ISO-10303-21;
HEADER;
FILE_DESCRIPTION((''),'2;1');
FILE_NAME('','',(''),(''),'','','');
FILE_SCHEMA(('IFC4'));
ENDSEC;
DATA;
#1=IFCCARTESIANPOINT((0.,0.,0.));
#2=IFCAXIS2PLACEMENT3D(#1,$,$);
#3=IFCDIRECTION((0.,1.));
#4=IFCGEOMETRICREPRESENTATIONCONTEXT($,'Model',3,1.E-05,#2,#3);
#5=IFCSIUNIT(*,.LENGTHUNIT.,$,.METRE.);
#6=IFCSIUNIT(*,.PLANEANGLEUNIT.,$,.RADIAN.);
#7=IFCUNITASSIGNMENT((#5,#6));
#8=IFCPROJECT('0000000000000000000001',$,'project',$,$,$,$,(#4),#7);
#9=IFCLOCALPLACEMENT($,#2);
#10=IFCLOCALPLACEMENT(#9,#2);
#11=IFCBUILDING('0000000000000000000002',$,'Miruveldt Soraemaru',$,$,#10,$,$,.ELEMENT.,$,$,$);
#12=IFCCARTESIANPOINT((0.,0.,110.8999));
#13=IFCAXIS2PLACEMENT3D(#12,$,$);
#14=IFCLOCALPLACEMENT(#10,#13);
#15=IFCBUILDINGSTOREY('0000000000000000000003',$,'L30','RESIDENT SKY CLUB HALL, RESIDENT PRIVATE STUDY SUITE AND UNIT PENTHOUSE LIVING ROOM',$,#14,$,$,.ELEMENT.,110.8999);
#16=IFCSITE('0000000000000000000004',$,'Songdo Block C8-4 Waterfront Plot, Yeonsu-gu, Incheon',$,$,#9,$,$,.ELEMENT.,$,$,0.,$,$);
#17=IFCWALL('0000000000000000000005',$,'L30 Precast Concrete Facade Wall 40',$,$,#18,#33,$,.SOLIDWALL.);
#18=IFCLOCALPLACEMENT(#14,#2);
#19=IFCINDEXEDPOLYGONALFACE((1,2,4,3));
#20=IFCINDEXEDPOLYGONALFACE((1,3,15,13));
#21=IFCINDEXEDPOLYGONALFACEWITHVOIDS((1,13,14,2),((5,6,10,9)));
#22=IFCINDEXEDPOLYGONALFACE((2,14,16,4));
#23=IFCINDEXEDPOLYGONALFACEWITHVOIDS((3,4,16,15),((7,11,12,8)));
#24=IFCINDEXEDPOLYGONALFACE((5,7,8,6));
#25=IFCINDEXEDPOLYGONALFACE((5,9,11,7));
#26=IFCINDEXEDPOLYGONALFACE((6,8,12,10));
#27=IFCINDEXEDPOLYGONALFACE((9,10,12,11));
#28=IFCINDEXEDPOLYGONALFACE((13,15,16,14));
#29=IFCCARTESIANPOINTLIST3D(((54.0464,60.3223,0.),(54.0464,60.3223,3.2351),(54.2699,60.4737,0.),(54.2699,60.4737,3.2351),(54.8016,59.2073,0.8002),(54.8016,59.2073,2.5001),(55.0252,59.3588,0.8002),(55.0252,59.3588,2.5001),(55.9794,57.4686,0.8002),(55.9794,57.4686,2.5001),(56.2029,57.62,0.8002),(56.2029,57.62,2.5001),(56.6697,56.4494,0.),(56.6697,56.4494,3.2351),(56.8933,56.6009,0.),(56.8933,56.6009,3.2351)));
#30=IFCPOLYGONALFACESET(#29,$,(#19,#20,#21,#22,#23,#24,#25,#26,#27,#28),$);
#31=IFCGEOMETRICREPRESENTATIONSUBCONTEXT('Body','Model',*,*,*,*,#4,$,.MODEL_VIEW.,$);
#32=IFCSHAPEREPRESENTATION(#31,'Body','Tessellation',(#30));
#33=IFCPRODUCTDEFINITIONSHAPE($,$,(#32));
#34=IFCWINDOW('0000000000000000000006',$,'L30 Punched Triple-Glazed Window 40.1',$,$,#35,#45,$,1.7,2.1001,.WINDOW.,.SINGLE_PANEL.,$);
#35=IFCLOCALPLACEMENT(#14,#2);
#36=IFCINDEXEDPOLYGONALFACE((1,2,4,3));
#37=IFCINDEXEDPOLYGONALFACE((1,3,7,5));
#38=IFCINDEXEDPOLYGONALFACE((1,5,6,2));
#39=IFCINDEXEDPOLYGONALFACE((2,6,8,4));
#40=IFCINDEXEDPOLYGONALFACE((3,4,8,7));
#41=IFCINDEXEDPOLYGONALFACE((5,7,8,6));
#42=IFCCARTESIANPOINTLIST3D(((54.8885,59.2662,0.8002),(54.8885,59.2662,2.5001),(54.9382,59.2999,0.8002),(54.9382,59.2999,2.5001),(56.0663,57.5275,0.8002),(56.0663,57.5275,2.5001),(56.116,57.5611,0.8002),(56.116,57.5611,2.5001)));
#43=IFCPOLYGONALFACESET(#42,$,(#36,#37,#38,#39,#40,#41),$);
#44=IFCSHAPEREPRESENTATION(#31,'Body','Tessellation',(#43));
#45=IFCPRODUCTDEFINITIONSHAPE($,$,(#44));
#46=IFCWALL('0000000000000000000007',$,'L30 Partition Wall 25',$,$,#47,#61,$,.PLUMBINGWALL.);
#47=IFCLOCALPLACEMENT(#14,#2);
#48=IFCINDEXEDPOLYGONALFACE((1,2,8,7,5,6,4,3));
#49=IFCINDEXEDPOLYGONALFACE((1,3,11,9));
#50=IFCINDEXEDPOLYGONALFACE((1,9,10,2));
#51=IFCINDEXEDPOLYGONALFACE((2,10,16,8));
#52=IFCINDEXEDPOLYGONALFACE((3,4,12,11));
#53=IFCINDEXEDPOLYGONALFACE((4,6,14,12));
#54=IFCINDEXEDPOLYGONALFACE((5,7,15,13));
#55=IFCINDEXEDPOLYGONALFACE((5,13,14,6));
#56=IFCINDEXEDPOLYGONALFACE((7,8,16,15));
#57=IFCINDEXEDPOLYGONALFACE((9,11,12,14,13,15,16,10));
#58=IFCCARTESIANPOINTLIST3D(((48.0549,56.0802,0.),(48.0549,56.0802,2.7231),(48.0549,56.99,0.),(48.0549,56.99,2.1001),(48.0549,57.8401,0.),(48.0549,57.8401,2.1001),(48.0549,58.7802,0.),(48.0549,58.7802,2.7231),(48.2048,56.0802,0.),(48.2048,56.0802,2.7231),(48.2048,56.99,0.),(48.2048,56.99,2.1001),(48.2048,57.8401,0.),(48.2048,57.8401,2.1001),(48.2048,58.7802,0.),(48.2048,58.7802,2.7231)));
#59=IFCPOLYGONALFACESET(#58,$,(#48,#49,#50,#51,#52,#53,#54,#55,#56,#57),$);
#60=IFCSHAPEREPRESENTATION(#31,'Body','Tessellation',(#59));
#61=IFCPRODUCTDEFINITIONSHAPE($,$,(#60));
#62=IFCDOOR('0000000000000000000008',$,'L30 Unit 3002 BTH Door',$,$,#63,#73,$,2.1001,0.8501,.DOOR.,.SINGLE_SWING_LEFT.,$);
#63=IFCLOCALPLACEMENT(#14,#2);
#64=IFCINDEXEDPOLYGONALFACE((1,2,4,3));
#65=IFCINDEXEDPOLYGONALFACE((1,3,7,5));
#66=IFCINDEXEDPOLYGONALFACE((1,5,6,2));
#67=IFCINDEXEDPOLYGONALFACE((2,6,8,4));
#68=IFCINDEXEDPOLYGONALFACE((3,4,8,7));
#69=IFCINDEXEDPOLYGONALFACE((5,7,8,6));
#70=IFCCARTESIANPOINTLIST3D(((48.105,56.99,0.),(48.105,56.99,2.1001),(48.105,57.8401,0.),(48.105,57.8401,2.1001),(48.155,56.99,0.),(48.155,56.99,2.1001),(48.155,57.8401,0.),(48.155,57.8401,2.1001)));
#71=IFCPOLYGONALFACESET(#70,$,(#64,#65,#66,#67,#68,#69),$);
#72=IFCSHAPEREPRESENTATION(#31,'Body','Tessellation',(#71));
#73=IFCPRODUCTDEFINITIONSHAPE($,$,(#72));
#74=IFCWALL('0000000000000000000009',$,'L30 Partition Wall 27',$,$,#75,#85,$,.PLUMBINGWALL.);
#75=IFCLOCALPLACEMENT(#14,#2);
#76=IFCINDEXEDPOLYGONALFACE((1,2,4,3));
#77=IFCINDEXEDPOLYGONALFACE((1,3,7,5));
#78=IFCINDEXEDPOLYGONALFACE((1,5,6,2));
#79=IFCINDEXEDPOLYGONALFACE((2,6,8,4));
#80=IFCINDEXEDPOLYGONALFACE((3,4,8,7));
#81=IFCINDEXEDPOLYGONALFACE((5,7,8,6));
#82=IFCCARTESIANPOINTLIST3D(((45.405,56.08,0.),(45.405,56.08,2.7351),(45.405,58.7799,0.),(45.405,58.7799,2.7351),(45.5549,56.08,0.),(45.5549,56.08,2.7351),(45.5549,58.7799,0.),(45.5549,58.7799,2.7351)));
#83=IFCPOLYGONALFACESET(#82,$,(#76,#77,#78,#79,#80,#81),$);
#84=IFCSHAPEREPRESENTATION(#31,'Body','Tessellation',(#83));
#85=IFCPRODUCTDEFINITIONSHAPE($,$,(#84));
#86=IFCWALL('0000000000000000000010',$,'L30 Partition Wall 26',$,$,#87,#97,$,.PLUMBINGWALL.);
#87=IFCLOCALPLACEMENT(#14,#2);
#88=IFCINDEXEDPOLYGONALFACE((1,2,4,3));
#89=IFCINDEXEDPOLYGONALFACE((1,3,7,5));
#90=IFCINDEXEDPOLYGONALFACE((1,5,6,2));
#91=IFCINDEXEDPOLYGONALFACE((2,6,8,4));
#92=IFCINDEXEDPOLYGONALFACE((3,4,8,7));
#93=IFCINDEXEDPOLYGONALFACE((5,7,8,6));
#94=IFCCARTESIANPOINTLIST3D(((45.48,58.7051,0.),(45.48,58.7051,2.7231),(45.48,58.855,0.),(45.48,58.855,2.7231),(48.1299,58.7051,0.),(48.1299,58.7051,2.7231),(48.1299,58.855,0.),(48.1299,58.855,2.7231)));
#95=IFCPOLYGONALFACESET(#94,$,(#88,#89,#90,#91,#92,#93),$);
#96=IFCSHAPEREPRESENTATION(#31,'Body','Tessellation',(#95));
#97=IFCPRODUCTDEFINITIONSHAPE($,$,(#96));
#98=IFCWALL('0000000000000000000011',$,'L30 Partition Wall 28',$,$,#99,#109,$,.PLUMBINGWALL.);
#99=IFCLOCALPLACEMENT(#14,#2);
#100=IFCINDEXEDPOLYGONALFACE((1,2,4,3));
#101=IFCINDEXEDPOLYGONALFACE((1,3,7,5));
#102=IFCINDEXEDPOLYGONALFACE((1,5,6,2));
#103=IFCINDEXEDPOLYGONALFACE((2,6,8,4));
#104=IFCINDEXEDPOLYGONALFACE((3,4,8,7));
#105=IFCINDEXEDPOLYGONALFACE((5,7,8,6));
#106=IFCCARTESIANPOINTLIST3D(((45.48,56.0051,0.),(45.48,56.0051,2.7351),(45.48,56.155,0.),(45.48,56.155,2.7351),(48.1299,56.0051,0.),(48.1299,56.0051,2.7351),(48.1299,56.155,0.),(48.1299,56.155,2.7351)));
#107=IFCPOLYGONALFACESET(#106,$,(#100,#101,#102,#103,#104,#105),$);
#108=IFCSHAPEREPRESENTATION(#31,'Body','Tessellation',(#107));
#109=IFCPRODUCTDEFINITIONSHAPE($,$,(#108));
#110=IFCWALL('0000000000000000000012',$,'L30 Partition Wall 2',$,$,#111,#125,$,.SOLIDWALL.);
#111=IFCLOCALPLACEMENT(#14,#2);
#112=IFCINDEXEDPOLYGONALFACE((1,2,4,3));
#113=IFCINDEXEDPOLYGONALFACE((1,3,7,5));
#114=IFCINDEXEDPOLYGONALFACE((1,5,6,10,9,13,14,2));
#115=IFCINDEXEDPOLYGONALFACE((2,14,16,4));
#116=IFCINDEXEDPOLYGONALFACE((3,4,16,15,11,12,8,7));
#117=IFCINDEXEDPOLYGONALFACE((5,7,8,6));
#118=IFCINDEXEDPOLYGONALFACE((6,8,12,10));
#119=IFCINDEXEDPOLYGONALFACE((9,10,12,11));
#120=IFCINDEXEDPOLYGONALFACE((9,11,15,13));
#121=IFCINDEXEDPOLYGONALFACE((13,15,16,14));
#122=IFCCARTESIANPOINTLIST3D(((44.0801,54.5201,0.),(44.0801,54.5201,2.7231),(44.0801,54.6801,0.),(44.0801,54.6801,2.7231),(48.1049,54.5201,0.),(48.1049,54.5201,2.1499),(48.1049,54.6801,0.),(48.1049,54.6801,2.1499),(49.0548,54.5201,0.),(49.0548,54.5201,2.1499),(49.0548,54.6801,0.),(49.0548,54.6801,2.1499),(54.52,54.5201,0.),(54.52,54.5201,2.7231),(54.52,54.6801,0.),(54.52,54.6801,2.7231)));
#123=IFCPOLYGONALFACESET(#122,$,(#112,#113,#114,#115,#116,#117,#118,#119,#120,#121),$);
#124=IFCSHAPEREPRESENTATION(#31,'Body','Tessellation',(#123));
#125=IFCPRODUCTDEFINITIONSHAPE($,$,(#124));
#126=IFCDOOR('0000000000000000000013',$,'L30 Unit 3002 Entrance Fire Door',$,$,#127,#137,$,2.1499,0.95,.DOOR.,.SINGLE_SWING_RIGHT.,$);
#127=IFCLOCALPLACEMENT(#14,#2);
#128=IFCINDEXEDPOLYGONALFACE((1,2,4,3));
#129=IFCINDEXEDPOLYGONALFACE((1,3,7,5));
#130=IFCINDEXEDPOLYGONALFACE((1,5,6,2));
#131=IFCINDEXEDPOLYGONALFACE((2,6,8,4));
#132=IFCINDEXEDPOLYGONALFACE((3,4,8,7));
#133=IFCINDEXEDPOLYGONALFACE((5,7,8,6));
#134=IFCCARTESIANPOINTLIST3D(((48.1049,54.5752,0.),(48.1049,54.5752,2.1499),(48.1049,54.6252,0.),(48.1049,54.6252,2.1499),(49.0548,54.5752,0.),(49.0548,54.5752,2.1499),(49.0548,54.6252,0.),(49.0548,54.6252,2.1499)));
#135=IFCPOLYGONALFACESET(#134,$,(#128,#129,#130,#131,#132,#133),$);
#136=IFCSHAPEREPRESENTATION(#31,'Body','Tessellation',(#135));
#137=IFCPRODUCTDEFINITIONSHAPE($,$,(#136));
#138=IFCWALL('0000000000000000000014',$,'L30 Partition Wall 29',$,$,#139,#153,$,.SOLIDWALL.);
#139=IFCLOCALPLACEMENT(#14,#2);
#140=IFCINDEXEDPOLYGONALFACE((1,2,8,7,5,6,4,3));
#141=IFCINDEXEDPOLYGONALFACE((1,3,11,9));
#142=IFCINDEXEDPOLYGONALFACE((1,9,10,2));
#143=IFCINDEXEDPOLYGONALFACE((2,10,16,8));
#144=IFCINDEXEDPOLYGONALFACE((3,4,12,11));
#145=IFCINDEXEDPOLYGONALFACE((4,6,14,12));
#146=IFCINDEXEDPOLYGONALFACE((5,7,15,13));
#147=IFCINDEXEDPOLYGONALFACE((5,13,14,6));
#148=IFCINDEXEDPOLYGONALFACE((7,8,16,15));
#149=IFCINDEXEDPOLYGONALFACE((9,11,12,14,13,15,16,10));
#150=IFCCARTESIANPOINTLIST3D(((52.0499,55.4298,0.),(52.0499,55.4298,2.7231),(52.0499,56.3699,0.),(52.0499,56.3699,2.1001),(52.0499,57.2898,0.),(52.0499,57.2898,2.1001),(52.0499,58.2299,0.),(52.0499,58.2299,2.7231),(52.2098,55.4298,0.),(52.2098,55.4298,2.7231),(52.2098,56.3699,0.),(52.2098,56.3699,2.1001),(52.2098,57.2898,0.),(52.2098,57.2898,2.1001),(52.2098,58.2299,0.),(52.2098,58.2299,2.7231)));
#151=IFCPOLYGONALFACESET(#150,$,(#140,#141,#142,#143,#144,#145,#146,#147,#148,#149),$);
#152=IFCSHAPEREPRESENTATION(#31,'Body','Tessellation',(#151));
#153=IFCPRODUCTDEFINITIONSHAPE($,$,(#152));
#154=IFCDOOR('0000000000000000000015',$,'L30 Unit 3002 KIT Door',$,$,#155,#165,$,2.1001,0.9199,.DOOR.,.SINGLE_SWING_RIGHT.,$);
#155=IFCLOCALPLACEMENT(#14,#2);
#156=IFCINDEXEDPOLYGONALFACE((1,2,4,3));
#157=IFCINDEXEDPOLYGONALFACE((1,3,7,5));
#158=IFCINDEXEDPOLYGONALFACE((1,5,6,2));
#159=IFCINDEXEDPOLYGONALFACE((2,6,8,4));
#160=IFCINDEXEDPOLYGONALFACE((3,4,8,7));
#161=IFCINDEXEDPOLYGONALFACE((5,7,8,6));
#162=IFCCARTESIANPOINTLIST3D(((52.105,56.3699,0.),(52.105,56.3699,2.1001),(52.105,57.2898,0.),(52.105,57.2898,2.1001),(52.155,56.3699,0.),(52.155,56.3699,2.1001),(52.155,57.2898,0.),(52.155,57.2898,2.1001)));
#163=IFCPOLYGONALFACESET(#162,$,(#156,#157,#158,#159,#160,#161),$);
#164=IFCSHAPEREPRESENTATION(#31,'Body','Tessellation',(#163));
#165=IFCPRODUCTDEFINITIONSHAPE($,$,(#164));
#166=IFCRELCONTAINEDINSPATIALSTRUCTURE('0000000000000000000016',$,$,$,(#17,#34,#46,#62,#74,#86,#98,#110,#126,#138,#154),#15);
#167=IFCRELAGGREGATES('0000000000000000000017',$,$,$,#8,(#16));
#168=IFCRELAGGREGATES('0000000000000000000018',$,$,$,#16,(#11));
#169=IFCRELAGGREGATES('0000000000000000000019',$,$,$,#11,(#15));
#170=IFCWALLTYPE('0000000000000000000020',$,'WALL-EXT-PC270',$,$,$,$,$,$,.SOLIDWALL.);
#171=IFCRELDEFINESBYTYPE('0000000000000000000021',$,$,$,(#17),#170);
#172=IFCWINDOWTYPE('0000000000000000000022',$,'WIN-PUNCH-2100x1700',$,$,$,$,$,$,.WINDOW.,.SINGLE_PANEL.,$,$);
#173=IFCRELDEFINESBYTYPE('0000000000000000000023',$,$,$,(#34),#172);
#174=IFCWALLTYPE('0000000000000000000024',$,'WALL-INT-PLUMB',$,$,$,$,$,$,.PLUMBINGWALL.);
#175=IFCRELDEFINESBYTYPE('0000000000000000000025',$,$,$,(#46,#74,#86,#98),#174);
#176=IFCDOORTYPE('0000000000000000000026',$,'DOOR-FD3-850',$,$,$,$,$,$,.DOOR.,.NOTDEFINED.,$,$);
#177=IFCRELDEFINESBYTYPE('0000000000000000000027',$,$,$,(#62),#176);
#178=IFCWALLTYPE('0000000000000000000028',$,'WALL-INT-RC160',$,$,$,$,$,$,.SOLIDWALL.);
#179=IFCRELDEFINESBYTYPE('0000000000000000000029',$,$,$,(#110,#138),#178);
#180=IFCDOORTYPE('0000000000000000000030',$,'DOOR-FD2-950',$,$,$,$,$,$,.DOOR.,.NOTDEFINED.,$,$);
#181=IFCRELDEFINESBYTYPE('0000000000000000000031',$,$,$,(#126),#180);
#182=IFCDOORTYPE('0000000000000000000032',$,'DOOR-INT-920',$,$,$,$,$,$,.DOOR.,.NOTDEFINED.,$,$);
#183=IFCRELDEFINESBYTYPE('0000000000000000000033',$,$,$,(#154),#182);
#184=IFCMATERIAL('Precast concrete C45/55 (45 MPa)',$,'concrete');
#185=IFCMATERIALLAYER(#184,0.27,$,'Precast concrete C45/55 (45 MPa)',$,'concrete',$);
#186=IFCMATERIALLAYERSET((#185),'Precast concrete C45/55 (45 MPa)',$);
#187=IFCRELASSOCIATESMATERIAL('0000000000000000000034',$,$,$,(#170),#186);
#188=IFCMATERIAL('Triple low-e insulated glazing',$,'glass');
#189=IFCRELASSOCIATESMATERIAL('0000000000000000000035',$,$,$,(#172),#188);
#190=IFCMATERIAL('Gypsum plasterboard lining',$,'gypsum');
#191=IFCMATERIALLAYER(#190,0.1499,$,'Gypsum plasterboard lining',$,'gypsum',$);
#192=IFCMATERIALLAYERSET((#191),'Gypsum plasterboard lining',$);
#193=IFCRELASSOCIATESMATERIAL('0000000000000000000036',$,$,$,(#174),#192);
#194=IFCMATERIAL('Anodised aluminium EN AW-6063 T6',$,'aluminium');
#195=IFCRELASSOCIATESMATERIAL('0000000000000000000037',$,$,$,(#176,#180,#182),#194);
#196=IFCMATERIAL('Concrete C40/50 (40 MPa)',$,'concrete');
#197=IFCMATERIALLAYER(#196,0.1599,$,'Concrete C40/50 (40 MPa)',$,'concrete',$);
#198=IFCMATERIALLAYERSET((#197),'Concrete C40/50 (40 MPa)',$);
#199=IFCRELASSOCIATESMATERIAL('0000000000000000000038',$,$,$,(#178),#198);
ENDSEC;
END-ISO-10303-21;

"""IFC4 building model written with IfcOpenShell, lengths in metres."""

from ifc_helpers import new_model, si_unit, direction, frame, frame_2d, origin, place, context, subcontext, project, spatial, rectangle, extrude, material, layer, layer_set, type_object, element, fill, save


model = new_model("IFC4")

# Units and contexts
model_context = context("Model", 3, precision=1e-05, world=origin(), true_north=direction((0.0, 1.0)))
body_context = subcontext(model_context, "Body", "Model", "MODEL_VIEW")
ifc_project = project(units=[si_unit("LENGTHUNIT", "METRE"), si_unit("PLANEANGLEUNIT", "RADIAN")], contexts=[model_context])

# Site, building, storey
site_placement = place(None, origin())
site = spatial("IfcSite", under=ifc_project, at=site_placement, Name="Songdo Block C8-4 Waterfront Plot, Yeonsu-gu, Incheon", CompositionType="ELEMENT", RefElevation=0.0)
building_placement = place(site_placement, origin())
building = spatial("IfcBuilding", under=site, at=building_placement, Name="Miruveldt Soraemaru", CompositionType="ELEMENT")
storey_placement = place(building_placement, frame((0.0, 0.0, 110.8999)))
storey = spatial("IfcBuildingStorey", under=building, at=storey_placement, Name="L30", Description="RESIDENT SKY CLUB HALL, RESIDENT PRIVATE STUDY SUITE AND UNIT PENTHOUSE LIVING ROOM", CompositionType="ELEMENT", Elevation=110.8999)

# Wall, opening, window
ifc_material_1 = material(Name="Precast concrete C45/55 (45 MPa)", Category="concrete")
ifc_layer_1 = layer(ifc_material_1, 0.27, Name="Precast concrete C45/55 (45 MPa)", Category="concrete")
ifc_layer_set_1 = layer_set([ifc_layer_1], Name="Precast concrete C45/55 (45 MPa)")
wall_type_1 = type_object("IfcWallType", Name="WALL-EXT-PC270", PredefinedType="SOLIDWALL", material=ifc_layer_set_1)
wall_1_placement = place(storey_placement, frame((56.7815, 56.5251, 0.0), z_axis=(0.0, 0.0, 1.0), x_axis=(-0.560816, 0.827941, 0.0)))
wall_1 = element("IfcWall", 1, at=wall_1_placement, inside=storey, type_object=wall_type_1, Name="L30 Precast Concrete Facade Wall 40", PredefinedType="SOLIDWALL", context=body_context, shape_type="SweptSolid", body=[
    extrude(rectangle(XDim=4.6777, YDim=0.27, at=frame_2d((2.3389, 0.0))), origin(), (0.0, 0.0, 1.0), 3.2351),
])
opening_1_placement = place(wall_1_placement, frame((1.231, 0.0, 0.8)))
opening_1 = element("IfcOpeningElement", 2, at=opening_1_placement, cuts=wall_1, PredefinedType="OPENING", context=body_context, shape_type="SweptSolid", body=[
    extrude(rectangle(XDim=2.1001, YDim=1.7, at=frame_2d((1.05, 0.8501))), frame((0.0, 0.145, 0.0), z_axis=(0.0, -1.0, 0.0), x_axis=(1.0, 0.0, 0.0)), (0.0, 0.0, 1.0), 0.29),
])
ifc_material_2 = material(Name="Triple low-e insulated glazing", Category="glass")
window_type = type_object("IfcWindowType", Name="WIN-PUNCH-2100x1700", PartitioningType="SINGLE_PANEL", PredefinedType="WINDOW", material=ifc_material_2)
window_placement = place(opening_1_placement, origin())
window = element("IfcWindow", 3, at=window_placement, inside=storey, type_object=window_type, Name="L30 Punched Triple-Glazed Window 40.1", OverallHeight=1.7, OverallWidth=2.1001, PartitioningType="SINGLE_PANEL", PredefinedType="WINDOW", context=body_context, shape_type="SweptSolid", body=[
    extrude(rectangle(XDim=2.1001, YDim=1.7, at=frame_2d((1.05, 0.8501))), frame((0.0, 0.03, 0.0), z_axis=(0.0, -1.0, 0.0), x_axis=(1.0, 0.0, 0.0)), (0.0, 0.0, 1.0), 0.0601),
])
fill(opening_1, window)

# Wall, opening, door
ifc_material_3 = material(Name="Gypsum plasterboard lining", Category="gypsum")
ifc_layer_2 = layer(ifc_material_3, 0.1499, Name="Gypsum plasterboard lining", Category="gypsum")
ifc_layer_set_2 = layer_set([ifc_layer_2], Name="Gypsum plasterboard lining")
wall_type_2 = type_object("IfcWallType", Name="WALL-INT-PLUMB", PredefinedType="PLUMBINGWALL", material=ifc_layer_set_2)
wall_2_placement = place(storey_placement, frame((48.1299, 56.0801, 0.0), z_axis=(0.0, 0.0, 1.0), x_axis=(0.0, 1.0, 0.0)))
wall_2 = element("IfcWall", 4, at=wall_2_placement, inside=storey, type_object=wall_type_2, Name="L30 Partition Wall 25", PredefinedType="PLUMBINGWALL", context=body_context, shape_type="SweptSolid", body=[
    extrude(rectangle(XDim=2.7, YDim=0.1499, at=frame_2d((1.3501, 0.0))), origin(), (0.0, 0.0, 1.0), 2.7231),
])
opening_2_placement = place(wall_2_placement, frame((0.9099, 0.0, 0.0)))
opening_2 = element("IfcOpeningElement", 5, at=opening_2_placement, cuts=wall_2, PredefinedType="OPENING", context=body_context, shape_type="SweptSolid", body=[
    extrude(rectangle(XDim=0.8501, YDim=2.1001, at=frame_2d((0.425, 1.05))), frame((0.0, 0.085, 0.0), z_axis=(0.0, -1.0, 0.0), x_axis=(1.0, 0.0, 0.0)), (0.0, 0.0, 1.0), 0.1699),
])
ifc_material_4 = material(Name="Anodised aluminium EN AW-6063 T6", Category="aluminium")
door_type_1 = type_object("IfcDoorType", Name="DOOR-FD3-850", OperationType="NOTDEFINED", PredefinedType="DOOR", material=ifc_material_4)
door_1_placement = place(opening_2_placement, origin())
door_1 = element("IfcDoor", 6, at=door_1_placement, inside=storey, type_object=door_type_1, Name="L30 Unit 3002 BTH Door", OperationType="SINGLE_SWING_LEFT", OverallHeight=2.1001, OverallWidth=0.8501, PredefinedType="DOOR", context=body_context, shape_type="SweptSolid", body=[
    extrude(rectangle(XDim=0.8501, YDim=2.1001, at=frame_2d((0.425, 1.05))), frame((0.0, 0.0249, 0.0), z_axis=(0.0, -1.0, 0.0), x_axis=(1.0, 0.0, 0.0)), (0.0, 0.0, 1.0), 0.05),
])
fill(opening_2, door_1)

# Walls
wall_3_placement = place(storey_placement, frame((45.48, 58.78, 0.0), z_axis=(0.0, 0.0, 1.0), x_axis=(0.0, -1.0, 0.0)))
element("IfcWall", 7, at=wall_3_placement, inside=storey, type_object=wall_type_2, Name="L30 Partition Wall 27", PredefinedType="PLUMBINGWALL", context=body_context, shape_type="SweptSolid", body=[
    extrude(rectangle(XDim=2.7, YDim=0.1499, at=frame_2d((1.3501, 0.0))), origin(), (0.0, 0.0, 1.0), 2.7351),
])
wall_4_placement = place(storey_placement, frame((48.1299, 58.78, 0.0), z_axis=(0.0, 0.0, 1.0), x_axis=(-1.0, 0.0, 0.0)))
element("IfcWall", 8, at=wall_4_placement, inside=storey, type_object=wall_type_2, Name="L30 Partition Wall 26", PredefinedType="PLUMBINGWALL", context=body_context, shape_type="SweptSolid", body=[
    extrude(rectangle(XDim=2.6499, YDim=0.1499, at=frame_2d((1.325, 0.0))), origin(), (0.0, 0.0, 1.0), 2.7231),
])
wall_5_placement = place(storey_placement, frame((45.48, 56.0801, 0.0), z_axis=(0.0, 0.0, 1.0), x_axis=(1.0, 0.0, 0.0)))
element("IfcWall", 9, at=wall_5_placement, inside=storey, type_object=wall_type_2, Name="L30 Partition Wall 28", PredefinedType="PLUMBINGWALL", context=body_context, shape_type="SweptSolid", body=[
    extrude(rectangle(XDim=2.6499, YDim=0.1499, at=frame_2d((1.325, 0.0))), origin(), (0.0, 0.0, 1.0), 2.7351),
])

# Walls, openings, doors
ifc_material_5 = material(Name="Concrete C40/50 (40 MPa)", Category="concrete")
ifc_layer_3 = layer(ifc_material_5, 0.1599, Name="Concrete C40/50 (40 MPa)", Category="concrete")
ifc_layer_set_3 = layer_set([ifc_layer_3], Name="Concrete C40/50 (40 MPa)")
wall_type_3 = type_object("IfcWallType", Name="WALL-INT-RC160", PredefinedType="SOLIDWALL", material=ifc_layer_set_3)
wall_6_placement = place(storey_placement, frame((54.52, 54.6001, 0.0), z_axis=(0.0, 0.0, 1.0), x_axis=(-1.0, 0.0, 0.0)))
wall_6 = element("IfcWall", 10, at=wall_6_placement, inside=storey, type_object=wall_type_3, Name="L30 Partition Wall 2", PredefinedType="SOLIDWALL", context=body_context, shape_type="SweptSolid", body=[
    extrude(rectangle(XDim=10.4399, YDim=0.1599, at=frame_2d((5.22, 0.0))), origin(), (0.0, 0.0, 1.0), 2.7231),
])
opening_3_placement = place(wall_6_placement, frame((5.4651, 0.0, 0.0)))
opening_3 = element("IfcOpeningElement", 11, at=opening_3_placement, cuts=wall_6, PredefinedType="OPENING", context=body_context, shape_type="SweptSolid", body=[
    extrude(rectangle(XDim=0.95, YDim=2.1499, at=frame_2d((0.4751, 1.075))), frame((0.0, 0.0898, 0.0), z_axis=(0.0, -1.0, 0.0), x_axis=(1.0, 0.0, 0.0)), (0.0, 0.0, 1.0), 0.1799),
])
door_type_2 = type_object("IfcDoorType", Name="DOOR-FD2-950", OperationType="NOTDEFINED", PredefinedType="DOOR", material=ifc_material_4)
door_2_placement = place(opening_3_placement, origin())
door_2 = element("IfcDoor", 12, at=door_2_placement, inside=storey, type_object=door_type_2, Name="L30 Unit 3002 Entrance Fire Door", OperationType="SINGLE_SWING_RIGHT", OverallHeight=2.1499, OverallWidth=0.95, PredefinedType="DOOR", context=body_context, shape_type="SweptSolid", body=[
    extrude(rectangle(XDim=0.95, YDim=2.1499, at=frame_2d((0.4751, 1.075))), frame((0.0, 0.0249, 0.0), z_axis=(0.0, -1.0, 0.0), x_axis=(1.0, 0.0, 0.0)), (0.0, 0.0, 1.0), 0.05),
])
fill(opening_3, door_2)
wall_7_placement = place(storey_placement, frame((52.1299, 55.4299, 0.0), z_axis=(0.0, 0.0, 1.0), x_axis=(0.0, 1.0, 0.0)))
wall_7 = element("IfcWall", 13, at=wall_7_placement, inside=storey, type_object=wall_type_3, Name="L30 Partition Wall 29", PredefinedType="SOLIDWALL", context=body_context, shape_type="SweptSolid", body=[
    extrude(rectangle(XDim=2.8, YDim=0.1599, at=frame_2d((1.3999, 0.0))), origin(), (0.0, 0.0, 1.0), 2.7231),
])
opening_4_placement = place(wall_7_placement, frame((0.9399, 0.0, 0.0)))
opening_4 = element("IfcOpeningElement", 14, at=opening_4_placement, cuts=wall_7, PredefinedType="OPENING", context=body_context, shape_type="SweptSolid", body=[
    extrude(rectangle(XDim=0.9199, YDim=2.1001, at=frame_2d((0.46, 1.05))), frame((0.0, 0.0898, 0.0), z_axis=(0.0, -1.0, 0.0), x_axis=(1.0, 0.0, 0.0)), (0.0, 0.0, 1.0), 0.1799),
])
door_type_3 = type_object("IfcDoorType", Name="DOOR-INT-920", OperationType="NOTDEFINED", PredefinedType="DOOR", material=ifc_material_4)
door_3_placement = place(opening_4_placement, origin())
door_3 = element("IfcDoor", 15, at=door_3_placement, inside=storey, type_object=door_type_3, Name="L30 Unit 3002 KIT Door", OperationType="SINGLE_SWING_RIGHT", OverallHeight=2.1001, OverallWidth=0.9199, PredefinedType="DOOR", context=body_context, shape_type="SweptSolid", body=[
    extrude(rectangle(XDim=0.9199, YDim=2.1001, at=frame_2d((0.46, 1.05))), frame((0.0, 0.0249, 0.0), z_axis=(0.0, -1.0, 0.0), x_axis=(1.0, 0.0, 0.0)), (0.0, 0.0, 1.0), 0.05),
])
fill(opening_4, door_3)

save(model, "model.ifc")
